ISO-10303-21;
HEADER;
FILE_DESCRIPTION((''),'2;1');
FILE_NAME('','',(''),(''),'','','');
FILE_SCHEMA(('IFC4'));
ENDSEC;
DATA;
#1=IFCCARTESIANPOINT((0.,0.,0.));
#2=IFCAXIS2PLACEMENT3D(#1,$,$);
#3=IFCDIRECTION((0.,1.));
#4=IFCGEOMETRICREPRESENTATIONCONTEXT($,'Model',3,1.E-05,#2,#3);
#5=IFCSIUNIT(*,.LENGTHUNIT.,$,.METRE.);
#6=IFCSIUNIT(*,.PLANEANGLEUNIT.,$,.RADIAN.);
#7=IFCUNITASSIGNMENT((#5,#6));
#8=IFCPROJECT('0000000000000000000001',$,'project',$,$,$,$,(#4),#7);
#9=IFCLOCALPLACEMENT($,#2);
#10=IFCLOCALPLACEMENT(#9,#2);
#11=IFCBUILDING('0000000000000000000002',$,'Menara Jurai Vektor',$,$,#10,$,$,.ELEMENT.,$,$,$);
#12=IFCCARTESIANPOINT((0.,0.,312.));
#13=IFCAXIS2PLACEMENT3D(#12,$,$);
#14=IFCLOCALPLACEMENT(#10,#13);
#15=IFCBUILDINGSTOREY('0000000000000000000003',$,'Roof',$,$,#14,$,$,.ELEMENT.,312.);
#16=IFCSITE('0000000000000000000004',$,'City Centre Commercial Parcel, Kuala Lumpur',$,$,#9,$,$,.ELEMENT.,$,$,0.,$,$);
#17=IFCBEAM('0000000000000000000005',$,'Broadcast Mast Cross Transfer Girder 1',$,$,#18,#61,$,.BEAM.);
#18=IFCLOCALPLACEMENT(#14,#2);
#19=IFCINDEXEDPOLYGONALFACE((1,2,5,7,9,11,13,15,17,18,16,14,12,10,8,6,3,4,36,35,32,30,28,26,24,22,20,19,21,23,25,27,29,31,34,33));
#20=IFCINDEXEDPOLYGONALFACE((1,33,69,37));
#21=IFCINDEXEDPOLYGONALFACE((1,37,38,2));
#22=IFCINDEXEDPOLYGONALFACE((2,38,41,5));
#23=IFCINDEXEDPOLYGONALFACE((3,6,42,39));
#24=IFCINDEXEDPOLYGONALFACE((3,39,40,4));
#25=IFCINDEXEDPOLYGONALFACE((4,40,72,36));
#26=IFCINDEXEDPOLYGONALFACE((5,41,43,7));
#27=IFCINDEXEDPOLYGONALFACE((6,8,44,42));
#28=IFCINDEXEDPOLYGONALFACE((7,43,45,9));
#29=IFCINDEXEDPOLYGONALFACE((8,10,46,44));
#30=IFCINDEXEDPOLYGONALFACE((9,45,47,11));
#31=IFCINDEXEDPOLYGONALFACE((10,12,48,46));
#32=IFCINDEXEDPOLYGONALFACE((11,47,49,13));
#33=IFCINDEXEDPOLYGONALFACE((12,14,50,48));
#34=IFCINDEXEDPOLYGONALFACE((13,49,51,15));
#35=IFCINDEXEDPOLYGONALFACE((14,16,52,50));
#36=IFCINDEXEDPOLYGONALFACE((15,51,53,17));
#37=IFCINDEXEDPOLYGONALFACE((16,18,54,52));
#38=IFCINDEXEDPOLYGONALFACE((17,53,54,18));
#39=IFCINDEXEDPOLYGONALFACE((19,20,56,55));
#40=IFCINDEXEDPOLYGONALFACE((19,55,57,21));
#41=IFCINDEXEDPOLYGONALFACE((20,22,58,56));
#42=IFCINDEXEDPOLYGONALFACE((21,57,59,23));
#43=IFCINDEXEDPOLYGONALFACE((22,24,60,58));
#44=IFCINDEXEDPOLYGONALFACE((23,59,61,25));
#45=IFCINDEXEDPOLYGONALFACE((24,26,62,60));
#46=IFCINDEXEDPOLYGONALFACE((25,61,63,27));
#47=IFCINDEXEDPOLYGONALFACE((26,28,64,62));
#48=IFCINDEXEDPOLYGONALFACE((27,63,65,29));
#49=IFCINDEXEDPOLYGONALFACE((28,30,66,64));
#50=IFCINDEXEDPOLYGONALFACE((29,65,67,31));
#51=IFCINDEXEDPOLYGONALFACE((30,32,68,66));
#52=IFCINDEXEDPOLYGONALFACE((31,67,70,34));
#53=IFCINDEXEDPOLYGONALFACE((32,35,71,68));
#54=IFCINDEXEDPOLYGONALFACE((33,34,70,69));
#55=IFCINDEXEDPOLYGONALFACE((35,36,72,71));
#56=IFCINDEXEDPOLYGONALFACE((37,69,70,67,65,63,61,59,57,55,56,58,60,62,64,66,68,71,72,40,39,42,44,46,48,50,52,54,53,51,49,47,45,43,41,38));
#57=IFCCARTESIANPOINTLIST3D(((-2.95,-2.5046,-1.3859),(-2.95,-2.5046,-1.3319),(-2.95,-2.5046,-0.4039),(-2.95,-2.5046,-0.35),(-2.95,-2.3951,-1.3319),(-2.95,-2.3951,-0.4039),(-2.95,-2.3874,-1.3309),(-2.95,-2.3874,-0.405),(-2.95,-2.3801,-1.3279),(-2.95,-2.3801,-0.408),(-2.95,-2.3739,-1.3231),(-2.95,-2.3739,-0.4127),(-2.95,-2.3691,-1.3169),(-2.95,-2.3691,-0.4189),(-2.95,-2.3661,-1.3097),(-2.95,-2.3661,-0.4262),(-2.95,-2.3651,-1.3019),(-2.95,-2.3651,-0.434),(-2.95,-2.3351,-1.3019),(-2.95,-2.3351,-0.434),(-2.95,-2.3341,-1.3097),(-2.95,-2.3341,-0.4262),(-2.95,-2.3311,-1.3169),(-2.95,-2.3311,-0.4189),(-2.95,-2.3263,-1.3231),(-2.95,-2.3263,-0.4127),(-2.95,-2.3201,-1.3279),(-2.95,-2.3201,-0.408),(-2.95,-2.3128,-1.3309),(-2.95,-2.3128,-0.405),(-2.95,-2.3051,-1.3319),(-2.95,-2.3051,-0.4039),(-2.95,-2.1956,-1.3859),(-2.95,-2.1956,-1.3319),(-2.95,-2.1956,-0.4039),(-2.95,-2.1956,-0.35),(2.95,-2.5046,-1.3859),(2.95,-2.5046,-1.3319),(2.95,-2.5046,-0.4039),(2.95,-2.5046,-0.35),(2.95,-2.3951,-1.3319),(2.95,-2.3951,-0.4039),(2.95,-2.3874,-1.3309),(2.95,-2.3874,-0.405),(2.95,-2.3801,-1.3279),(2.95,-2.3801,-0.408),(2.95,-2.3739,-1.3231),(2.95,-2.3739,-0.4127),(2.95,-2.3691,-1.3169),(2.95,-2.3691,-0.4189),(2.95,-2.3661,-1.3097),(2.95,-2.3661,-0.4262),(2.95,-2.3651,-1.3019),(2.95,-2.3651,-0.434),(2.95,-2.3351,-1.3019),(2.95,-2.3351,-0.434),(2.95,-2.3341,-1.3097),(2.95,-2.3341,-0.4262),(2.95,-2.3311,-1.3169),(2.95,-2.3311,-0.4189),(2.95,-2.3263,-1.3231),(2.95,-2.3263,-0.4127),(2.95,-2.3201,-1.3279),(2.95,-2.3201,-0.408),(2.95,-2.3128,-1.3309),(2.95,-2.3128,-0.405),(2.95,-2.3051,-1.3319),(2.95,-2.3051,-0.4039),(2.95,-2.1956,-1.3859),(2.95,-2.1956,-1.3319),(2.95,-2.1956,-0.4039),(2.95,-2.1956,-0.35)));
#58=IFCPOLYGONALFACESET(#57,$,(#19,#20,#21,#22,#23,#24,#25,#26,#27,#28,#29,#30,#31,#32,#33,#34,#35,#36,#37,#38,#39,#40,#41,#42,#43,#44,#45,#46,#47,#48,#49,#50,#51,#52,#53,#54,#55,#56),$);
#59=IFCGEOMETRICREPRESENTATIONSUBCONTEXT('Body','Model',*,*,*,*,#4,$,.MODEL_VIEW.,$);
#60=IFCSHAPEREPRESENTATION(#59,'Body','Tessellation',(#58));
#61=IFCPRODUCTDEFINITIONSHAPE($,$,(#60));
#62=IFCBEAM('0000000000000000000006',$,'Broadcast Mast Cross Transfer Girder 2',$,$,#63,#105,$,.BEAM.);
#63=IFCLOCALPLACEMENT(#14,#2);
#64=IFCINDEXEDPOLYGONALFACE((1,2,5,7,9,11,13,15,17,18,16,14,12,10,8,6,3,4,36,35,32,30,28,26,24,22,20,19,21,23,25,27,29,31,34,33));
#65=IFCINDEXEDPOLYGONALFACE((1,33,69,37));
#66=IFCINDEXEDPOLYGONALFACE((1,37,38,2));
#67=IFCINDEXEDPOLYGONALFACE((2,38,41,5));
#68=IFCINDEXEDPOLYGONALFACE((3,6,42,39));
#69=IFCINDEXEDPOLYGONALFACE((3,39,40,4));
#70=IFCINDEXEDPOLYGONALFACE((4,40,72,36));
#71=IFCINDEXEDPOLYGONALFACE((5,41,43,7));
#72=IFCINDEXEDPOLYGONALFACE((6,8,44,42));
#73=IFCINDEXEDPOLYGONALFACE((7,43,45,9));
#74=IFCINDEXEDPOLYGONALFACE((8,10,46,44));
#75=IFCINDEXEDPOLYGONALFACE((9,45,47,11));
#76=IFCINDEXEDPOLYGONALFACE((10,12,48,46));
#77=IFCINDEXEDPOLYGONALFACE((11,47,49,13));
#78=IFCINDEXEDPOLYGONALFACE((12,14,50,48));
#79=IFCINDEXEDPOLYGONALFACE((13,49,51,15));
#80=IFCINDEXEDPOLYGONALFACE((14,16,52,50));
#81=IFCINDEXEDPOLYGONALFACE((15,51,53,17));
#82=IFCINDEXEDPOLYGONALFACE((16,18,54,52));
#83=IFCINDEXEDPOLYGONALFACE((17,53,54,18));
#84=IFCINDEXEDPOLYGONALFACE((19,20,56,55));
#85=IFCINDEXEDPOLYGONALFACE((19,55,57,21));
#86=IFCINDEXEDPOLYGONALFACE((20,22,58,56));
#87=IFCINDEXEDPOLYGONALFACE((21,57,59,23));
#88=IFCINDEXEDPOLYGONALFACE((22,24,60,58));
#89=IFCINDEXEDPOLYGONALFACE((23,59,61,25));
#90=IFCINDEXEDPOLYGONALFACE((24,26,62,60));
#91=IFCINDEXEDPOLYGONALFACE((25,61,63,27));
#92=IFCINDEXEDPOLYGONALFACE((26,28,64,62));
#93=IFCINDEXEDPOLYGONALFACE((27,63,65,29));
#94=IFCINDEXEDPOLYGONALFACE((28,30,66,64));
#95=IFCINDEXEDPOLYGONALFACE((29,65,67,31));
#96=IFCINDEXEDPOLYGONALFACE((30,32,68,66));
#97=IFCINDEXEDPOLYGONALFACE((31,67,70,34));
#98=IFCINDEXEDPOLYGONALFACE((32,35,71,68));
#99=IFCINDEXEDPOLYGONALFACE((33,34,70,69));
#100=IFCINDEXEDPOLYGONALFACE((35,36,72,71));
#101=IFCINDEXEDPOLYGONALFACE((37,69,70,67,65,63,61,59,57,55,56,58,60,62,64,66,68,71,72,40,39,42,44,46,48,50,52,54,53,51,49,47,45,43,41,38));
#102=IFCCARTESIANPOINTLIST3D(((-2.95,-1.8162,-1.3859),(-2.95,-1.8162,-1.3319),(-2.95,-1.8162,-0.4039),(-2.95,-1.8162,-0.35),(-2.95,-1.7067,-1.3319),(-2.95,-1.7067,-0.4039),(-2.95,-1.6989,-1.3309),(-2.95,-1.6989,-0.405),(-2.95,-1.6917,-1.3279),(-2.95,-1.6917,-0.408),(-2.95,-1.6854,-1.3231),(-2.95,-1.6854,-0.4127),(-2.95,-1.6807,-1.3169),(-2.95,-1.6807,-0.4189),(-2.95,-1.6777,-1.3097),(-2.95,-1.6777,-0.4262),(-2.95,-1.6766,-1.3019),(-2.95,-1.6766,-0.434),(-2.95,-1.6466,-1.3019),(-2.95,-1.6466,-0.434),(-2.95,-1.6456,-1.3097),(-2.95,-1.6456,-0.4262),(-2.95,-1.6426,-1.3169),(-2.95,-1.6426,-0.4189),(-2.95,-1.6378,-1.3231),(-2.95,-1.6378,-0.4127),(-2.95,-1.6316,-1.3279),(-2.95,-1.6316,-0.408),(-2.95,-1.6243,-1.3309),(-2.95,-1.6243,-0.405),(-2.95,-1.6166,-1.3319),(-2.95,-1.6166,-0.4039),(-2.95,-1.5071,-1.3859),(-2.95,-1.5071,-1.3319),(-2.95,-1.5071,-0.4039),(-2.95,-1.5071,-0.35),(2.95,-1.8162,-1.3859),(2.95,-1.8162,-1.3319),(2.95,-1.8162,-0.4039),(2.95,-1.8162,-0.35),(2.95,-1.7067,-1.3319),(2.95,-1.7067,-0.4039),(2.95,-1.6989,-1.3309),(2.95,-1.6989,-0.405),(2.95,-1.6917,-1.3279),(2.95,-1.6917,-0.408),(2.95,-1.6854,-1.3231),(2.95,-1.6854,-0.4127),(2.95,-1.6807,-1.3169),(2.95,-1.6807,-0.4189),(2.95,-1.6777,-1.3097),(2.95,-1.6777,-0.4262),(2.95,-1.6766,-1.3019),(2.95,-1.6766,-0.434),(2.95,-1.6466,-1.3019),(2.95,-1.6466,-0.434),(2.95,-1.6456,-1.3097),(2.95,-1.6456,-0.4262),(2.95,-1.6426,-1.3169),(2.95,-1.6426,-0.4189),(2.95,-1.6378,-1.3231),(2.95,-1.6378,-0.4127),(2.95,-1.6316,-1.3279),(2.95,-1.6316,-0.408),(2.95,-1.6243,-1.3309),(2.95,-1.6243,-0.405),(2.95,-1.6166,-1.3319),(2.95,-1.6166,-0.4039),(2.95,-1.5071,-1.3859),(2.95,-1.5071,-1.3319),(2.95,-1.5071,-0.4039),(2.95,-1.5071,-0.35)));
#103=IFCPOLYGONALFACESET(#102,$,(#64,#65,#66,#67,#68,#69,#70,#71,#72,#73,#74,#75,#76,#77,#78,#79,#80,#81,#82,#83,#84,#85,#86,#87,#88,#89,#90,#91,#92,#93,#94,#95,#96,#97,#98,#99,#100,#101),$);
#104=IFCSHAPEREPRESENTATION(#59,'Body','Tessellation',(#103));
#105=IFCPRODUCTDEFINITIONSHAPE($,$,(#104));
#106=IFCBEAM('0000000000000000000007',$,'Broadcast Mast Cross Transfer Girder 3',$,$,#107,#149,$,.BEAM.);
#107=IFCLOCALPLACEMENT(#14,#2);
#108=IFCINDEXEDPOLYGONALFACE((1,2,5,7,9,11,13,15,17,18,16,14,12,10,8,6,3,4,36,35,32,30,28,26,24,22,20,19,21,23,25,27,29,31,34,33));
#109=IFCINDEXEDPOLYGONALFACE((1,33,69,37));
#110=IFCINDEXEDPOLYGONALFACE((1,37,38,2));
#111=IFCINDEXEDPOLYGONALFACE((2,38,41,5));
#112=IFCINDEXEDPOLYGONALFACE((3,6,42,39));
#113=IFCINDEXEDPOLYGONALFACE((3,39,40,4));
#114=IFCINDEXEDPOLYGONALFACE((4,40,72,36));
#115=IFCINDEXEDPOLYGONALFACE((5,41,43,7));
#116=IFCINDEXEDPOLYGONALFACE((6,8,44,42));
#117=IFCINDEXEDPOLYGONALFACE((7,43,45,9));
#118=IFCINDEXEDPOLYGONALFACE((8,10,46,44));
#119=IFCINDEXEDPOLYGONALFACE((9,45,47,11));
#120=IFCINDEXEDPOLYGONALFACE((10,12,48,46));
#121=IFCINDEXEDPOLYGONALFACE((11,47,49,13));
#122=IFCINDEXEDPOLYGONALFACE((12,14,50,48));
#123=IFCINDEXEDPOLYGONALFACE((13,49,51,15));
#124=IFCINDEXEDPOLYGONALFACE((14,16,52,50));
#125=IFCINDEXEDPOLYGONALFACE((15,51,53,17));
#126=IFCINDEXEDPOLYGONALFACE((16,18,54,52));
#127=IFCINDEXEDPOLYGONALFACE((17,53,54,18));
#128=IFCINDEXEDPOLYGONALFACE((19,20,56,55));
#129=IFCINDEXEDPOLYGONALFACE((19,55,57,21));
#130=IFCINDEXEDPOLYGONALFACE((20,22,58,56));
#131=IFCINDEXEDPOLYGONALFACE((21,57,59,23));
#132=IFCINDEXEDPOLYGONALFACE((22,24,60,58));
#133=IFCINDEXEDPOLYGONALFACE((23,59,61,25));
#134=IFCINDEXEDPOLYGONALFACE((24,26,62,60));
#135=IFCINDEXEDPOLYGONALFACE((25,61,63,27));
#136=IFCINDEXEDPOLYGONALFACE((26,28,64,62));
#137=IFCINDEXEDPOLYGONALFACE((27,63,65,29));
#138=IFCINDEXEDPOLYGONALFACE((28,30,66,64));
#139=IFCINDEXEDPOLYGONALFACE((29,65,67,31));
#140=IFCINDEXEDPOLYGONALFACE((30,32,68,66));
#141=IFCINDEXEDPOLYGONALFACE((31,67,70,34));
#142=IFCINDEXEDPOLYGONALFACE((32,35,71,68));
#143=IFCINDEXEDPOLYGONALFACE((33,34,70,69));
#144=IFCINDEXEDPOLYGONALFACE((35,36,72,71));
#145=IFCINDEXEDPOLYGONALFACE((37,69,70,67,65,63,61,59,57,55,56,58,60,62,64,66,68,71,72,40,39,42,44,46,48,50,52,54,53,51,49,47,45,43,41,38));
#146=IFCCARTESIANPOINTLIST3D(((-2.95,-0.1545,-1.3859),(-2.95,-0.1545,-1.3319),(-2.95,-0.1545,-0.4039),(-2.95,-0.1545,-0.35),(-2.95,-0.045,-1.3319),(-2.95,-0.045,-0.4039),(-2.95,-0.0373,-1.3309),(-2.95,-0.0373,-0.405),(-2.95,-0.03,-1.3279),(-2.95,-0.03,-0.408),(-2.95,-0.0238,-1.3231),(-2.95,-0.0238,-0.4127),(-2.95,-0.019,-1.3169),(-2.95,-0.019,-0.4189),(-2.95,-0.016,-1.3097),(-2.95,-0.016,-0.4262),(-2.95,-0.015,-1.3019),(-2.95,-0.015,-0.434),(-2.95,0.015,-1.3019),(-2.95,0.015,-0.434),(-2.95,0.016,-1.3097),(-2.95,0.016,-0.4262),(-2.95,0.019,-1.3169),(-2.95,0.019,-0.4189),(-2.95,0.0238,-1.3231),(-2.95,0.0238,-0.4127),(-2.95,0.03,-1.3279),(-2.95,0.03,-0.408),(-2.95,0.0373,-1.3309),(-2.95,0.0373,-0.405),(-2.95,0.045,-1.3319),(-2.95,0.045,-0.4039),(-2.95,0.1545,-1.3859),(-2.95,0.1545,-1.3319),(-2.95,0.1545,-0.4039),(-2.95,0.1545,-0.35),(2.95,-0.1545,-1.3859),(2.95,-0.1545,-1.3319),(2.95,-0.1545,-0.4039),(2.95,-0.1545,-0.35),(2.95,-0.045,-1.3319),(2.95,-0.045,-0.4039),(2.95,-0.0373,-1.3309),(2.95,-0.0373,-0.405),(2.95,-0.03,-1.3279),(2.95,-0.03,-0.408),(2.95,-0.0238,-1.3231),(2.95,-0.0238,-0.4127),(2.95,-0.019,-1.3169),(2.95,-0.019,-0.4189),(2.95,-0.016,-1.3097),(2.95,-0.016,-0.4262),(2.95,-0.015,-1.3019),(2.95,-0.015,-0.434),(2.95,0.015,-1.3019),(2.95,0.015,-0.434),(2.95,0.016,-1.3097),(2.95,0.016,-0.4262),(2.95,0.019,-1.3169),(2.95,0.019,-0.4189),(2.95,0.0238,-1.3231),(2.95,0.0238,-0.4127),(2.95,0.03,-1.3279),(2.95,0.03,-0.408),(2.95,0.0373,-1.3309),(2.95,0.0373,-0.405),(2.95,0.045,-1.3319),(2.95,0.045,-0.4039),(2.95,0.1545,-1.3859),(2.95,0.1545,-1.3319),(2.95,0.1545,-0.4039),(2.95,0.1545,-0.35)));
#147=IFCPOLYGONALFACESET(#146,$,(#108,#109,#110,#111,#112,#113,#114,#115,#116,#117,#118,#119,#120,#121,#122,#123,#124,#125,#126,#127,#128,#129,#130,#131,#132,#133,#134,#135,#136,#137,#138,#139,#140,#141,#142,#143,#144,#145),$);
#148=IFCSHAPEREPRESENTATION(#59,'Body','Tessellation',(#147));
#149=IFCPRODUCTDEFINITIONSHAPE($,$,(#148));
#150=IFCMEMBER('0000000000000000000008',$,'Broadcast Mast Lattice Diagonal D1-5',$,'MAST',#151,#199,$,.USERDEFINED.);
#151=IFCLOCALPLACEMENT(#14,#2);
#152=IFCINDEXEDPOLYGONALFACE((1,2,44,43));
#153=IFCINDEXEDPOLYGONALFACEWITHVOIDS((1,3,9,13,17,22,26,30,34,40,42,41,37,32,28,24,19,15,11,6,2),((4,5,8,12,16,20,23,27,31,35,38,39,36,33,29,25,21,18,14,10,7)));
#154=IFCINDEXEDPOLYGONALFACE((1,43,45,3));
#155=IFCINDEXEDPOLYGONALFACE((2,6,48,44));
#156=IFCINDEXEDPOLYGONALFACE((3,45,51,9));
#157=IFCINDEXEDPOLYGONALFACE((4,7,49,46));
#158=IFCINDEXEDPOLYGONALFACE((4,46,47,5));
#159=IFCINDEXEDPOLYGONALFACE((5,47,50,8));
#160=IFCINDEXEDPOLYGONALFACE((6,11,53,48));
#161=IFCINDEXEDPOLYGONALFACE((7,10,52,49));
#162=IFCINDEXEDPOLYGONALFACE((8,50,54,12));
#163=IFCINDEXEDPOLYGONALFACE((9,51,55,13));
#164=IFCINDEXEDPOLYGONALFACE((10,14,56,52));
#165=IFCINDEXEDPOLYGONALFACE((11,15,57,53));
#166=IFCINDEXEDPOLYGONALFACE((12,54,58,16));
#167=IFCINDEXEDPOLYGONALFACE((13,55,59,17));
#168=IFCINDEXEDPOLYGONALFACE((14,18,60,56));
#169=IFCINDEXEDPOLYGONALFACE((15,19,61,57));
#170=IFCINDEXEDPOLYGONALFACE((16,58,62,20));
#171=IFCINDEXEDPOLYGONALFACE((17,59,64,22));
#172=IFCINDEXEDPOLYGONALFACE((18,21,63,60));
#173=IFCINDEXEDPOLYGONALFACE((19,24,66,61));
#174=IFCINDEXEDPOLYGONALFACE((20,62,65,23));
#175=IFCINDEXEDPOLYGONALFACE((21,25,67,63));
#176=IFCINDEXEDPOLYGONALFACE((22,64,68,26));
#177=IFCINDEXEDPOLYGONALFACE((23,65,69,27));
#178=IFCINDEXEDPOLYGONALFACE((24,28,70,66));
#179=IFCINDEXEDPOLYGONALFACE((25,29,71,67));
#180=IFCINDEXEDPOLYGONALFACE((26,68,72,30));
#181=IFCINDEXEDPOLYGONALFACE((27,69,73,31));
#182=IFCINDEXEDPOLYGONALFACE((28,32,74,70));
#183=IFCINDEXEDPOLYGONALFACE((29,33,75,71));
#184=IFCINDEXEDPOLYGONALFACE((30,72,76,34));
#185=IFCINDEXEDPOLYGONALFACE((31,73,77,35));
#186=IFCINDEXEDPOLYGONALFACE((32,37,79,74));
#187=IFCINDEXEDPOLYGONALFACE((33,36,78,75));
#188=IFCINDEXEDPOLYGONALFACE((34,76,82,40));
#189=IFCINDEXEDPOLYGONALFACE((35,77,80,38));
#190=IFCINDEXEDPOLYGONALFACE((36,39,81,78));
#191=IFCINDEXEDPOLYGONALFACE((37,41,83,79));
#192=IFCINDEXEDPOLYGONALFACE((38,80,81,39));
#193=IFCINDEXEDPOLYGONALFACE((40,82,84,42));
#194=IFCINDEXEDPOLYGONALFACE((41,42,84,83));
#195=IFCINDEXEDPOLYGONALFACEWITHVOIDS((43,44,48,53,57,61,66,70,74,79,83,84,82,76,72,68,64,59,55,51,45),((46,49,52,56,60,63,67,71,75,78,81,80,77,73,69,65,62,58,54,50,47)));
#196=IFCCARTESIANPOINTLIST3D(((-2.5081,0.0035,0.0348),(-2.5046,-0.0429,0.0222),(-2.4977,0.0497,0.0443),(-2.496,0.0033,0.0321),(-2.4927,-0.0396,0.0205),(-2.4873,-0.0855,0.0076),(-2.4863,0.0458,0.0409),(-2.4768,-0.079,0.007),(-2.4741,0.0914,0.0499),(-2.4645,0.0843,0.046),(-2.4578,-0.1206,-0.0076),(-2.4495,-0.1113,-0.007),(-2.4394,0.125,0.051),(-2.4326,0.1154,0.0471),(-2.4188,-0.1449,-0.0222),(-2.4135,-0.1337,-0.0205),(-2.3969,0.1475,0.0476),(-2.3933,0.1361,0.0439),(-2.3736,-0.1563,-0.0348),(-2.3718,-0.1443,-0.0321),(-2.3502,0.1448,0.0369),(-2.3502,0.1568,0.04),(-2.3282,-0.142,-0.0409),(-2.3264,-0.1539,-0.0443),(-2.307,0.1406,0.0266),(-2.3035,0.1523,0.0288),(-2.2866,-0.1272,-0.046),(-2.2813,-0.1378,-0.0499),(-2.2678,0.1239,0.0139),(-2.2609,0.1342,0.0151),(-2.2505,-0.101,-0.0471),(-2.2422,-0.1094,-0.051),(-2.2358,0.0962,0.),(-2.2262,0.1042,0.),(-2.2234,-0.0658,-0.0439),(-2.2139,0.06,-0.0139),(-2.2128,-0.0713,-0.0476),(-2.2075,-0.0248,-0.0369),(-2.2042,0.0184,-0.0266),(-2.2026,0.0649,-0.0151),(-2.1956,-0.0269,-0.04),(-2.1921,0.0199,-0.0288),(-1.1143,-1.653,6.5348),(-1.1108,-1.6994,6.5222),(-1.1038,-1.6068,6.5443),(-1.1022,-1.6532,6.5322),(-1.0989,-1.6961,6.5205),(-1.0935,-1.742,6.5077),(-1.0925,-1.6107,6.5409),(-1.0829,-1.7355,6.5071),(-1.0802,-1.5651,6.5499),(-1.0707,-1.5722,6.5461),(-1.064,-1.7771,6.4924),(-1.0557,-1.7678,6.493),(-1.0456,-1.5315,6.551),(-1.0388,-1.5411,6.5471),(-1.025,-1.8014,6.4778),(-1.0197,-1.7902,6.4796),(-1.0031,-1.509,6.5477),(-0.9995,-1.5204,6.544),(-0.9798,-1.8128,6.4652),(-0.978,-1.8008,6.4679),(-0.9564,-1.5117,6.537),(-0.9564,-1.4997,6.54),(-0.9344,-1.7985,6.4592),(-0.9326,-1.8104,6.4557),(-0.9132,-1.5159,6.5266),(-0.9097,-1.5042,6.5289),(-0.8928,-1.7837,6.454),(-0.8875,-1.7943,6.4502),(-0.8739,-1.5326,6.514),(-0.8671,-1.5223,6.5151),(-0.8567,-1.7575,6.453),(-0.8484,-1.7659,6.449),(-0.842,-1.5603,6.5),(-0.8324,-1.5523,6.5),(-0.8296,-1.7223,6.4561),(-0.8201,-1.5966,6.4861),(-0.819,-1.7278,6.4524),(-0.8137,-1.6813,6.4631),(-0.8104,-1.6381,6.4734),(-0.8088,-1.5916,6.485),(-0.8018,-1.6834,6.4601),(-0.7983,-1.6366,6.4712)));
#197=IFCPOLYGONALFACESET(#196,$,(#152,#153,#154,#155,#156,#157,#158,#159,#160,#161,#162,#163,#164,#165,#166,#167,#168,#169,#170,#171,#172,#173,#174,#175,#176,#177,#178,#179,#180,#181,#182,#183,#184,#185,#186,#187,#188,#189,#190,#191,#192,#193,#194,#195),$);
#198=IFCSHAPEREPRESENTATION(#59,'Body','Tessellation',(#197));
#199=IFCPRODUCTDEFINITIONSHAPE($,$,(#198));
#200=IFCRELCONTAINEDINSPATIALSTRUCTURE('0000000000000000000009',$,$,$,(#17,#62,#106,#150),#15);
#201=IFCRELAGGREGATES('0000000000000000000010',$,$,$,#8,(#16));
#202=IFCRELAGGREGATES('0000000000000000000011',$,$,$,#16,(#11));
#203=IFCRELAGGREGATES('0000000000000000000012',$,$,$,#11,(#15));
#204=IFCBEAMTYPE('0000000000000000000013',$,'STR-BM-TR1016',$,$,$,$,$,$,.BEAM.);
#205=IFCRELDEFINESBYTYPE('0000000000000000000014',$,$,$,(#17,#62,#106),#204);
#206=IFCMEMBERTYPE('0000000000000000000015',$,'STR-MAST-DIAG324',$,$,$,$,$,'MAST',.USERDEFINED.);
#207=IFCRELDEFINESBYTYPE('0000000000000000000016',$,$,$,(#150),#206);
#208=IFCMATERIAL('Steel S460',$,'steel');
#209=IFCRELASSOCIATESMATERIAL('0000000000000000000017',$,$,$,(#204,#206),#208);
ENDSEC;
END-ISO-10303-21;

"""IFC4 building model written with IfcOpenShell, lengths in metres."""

from ifc_helpers import new_model, si_unit, direction, frame, origin, origin_2d, place, context, subcontext, project, spatial, hollow_circle, i_section, extrude, material, material_profile, profile_set, type_object, element, save


model = new_model("IFC4")

# Units and contexts
model_context = context("Model", 3, precision=1e-05, world=origin(), true_north=direction((0.0, 1.0)))
body_context = subcontext(model_context, "Body", "Model", "MODEL_VIEW")
ifc_project = project(units=[si_unit("LENGTHUNIT", "METRE"), si_unit("PLANEANGLEUNIT", "RADIAN")], contexts=[model_context])

# Site, building, storey
site_placement = place(None, origin())
site = spatial("IfcSite", under=ifc_project, at=site_placement, Name="City Centre Commercial Parcel, Kuala Lumpur", CompositionType="ELEMENT", RefElevation=0.0)
building_placement = place(site_placement, origin())
building = spatial("IfcBuilding", under=site, at=building_placement, Name="Menara Jurai Vektor", CompositionType="ELEMENT")
storey_placement = place(building_placement, frame((0.0, 0.0, 312.0)))
storey = spatial("IfcBuildingStorey", under=building, at=storey_placement, Name="Roof", CompositionType="ELEMENT", Elevation=312.0)

# Shared definitions
ifc_material_1 = material(Name="Steel S460", Category="steel")

# Beams
ifc_material_profile_1 = material_profile(ifc_material_1, i_section(OverallWidth=0.3091, OverallDepth=1.0359, WebThickness=0.03, FlangeThickness=0.054, FilletRadius=0.03, at=origin_2d()), Name="UKB 1016x305x487")
ifc_profile_set_1 = profile_set([ifc_material_profile_1], Name="Steel S460")
beam_type_1 = type_object("IfcBeamType", Name="STR-BM-TR1016", PredefinedType="BEAM", material=ifc_profile_set_1)
for number, where, z_axis, x_axis, name in (
    (1, (-2.95, -2.3501, -0.8679), (1.0, 0.0, 0.0), (0.0, 1.0, 0.0), "Broadcast Mast Cross Transfer Girder 1"),
    (2, (-2.95, -1.6616, -0.8679), (1.0, 0.0, 0.0), (0.0, 1.0, 0.0), "Broadcast Mast Cross Transfer Girder 2"),
    (3, (-2.95, 0.0, -0.8679), (1.0, 0.0, 0.0), (0.0, 1.0, 0.0), "Broadcast Mast Cross Transfer Girder 3"),
):
    element("IfcBeam", number, at=place(storey_placement, frame(where, z_axis=z_axis, x_axis=x_axis)), inside=storey, type_object=beam_type_1, Name=name, PredefinedType="BEAM", context=body_context, shape_type="SweptSolid", body=[
        extrude(i_section(OverallWidth=0.3091, OverallDepth=1.0359, WebThickness=0.03, FlangeThickness=0.054, FilletRadius=0.03, at=origin_2d()), origin(), (0.0, 0.0, 1.0), 5.8999),
    ])

# Member
ifc_material_profile_2 = material_profile(ifc_material_1, hollow_circle(Radius=0.1619, WallThickness=0.0125, at=origin_2d()), Name="CHS 323.9x12.5")
ifc_profile_set_2 = profile_set([ifc_material_profile_2], Name="Steel S460")
member_type_1 = type_object("IfcMemberType", Name="STR-MAST-DIAG324", ElementType="MAST", PredefinedType="USERDEFINED", material=ifc_profile_set_2)
member_1_placement = place(storey_placement, frame((-2.3501, 0.0, 0.0), z_axis=(0.203444, -0.241788, 0.948762), x_axis=(0.765171, 0.643827, 0.0)))
element("IfcMember", 4, at=member_1_placement, inside=storey, type_object=member_type_1, Name="Broadcast Mast Lattice Diagonal D1-5", ObjectType="MAST", PredefinedType="USERDEFINED", context=body_context, shape_type="SweptSolid", body=[
    extrude(hollow_circle(Radius=0.1619, WallThickness=0.0125, at=origin_2d()), origin(), (0.0, 0.0, 1.0), 6.8511),
])

save(model, "model.ifc")
